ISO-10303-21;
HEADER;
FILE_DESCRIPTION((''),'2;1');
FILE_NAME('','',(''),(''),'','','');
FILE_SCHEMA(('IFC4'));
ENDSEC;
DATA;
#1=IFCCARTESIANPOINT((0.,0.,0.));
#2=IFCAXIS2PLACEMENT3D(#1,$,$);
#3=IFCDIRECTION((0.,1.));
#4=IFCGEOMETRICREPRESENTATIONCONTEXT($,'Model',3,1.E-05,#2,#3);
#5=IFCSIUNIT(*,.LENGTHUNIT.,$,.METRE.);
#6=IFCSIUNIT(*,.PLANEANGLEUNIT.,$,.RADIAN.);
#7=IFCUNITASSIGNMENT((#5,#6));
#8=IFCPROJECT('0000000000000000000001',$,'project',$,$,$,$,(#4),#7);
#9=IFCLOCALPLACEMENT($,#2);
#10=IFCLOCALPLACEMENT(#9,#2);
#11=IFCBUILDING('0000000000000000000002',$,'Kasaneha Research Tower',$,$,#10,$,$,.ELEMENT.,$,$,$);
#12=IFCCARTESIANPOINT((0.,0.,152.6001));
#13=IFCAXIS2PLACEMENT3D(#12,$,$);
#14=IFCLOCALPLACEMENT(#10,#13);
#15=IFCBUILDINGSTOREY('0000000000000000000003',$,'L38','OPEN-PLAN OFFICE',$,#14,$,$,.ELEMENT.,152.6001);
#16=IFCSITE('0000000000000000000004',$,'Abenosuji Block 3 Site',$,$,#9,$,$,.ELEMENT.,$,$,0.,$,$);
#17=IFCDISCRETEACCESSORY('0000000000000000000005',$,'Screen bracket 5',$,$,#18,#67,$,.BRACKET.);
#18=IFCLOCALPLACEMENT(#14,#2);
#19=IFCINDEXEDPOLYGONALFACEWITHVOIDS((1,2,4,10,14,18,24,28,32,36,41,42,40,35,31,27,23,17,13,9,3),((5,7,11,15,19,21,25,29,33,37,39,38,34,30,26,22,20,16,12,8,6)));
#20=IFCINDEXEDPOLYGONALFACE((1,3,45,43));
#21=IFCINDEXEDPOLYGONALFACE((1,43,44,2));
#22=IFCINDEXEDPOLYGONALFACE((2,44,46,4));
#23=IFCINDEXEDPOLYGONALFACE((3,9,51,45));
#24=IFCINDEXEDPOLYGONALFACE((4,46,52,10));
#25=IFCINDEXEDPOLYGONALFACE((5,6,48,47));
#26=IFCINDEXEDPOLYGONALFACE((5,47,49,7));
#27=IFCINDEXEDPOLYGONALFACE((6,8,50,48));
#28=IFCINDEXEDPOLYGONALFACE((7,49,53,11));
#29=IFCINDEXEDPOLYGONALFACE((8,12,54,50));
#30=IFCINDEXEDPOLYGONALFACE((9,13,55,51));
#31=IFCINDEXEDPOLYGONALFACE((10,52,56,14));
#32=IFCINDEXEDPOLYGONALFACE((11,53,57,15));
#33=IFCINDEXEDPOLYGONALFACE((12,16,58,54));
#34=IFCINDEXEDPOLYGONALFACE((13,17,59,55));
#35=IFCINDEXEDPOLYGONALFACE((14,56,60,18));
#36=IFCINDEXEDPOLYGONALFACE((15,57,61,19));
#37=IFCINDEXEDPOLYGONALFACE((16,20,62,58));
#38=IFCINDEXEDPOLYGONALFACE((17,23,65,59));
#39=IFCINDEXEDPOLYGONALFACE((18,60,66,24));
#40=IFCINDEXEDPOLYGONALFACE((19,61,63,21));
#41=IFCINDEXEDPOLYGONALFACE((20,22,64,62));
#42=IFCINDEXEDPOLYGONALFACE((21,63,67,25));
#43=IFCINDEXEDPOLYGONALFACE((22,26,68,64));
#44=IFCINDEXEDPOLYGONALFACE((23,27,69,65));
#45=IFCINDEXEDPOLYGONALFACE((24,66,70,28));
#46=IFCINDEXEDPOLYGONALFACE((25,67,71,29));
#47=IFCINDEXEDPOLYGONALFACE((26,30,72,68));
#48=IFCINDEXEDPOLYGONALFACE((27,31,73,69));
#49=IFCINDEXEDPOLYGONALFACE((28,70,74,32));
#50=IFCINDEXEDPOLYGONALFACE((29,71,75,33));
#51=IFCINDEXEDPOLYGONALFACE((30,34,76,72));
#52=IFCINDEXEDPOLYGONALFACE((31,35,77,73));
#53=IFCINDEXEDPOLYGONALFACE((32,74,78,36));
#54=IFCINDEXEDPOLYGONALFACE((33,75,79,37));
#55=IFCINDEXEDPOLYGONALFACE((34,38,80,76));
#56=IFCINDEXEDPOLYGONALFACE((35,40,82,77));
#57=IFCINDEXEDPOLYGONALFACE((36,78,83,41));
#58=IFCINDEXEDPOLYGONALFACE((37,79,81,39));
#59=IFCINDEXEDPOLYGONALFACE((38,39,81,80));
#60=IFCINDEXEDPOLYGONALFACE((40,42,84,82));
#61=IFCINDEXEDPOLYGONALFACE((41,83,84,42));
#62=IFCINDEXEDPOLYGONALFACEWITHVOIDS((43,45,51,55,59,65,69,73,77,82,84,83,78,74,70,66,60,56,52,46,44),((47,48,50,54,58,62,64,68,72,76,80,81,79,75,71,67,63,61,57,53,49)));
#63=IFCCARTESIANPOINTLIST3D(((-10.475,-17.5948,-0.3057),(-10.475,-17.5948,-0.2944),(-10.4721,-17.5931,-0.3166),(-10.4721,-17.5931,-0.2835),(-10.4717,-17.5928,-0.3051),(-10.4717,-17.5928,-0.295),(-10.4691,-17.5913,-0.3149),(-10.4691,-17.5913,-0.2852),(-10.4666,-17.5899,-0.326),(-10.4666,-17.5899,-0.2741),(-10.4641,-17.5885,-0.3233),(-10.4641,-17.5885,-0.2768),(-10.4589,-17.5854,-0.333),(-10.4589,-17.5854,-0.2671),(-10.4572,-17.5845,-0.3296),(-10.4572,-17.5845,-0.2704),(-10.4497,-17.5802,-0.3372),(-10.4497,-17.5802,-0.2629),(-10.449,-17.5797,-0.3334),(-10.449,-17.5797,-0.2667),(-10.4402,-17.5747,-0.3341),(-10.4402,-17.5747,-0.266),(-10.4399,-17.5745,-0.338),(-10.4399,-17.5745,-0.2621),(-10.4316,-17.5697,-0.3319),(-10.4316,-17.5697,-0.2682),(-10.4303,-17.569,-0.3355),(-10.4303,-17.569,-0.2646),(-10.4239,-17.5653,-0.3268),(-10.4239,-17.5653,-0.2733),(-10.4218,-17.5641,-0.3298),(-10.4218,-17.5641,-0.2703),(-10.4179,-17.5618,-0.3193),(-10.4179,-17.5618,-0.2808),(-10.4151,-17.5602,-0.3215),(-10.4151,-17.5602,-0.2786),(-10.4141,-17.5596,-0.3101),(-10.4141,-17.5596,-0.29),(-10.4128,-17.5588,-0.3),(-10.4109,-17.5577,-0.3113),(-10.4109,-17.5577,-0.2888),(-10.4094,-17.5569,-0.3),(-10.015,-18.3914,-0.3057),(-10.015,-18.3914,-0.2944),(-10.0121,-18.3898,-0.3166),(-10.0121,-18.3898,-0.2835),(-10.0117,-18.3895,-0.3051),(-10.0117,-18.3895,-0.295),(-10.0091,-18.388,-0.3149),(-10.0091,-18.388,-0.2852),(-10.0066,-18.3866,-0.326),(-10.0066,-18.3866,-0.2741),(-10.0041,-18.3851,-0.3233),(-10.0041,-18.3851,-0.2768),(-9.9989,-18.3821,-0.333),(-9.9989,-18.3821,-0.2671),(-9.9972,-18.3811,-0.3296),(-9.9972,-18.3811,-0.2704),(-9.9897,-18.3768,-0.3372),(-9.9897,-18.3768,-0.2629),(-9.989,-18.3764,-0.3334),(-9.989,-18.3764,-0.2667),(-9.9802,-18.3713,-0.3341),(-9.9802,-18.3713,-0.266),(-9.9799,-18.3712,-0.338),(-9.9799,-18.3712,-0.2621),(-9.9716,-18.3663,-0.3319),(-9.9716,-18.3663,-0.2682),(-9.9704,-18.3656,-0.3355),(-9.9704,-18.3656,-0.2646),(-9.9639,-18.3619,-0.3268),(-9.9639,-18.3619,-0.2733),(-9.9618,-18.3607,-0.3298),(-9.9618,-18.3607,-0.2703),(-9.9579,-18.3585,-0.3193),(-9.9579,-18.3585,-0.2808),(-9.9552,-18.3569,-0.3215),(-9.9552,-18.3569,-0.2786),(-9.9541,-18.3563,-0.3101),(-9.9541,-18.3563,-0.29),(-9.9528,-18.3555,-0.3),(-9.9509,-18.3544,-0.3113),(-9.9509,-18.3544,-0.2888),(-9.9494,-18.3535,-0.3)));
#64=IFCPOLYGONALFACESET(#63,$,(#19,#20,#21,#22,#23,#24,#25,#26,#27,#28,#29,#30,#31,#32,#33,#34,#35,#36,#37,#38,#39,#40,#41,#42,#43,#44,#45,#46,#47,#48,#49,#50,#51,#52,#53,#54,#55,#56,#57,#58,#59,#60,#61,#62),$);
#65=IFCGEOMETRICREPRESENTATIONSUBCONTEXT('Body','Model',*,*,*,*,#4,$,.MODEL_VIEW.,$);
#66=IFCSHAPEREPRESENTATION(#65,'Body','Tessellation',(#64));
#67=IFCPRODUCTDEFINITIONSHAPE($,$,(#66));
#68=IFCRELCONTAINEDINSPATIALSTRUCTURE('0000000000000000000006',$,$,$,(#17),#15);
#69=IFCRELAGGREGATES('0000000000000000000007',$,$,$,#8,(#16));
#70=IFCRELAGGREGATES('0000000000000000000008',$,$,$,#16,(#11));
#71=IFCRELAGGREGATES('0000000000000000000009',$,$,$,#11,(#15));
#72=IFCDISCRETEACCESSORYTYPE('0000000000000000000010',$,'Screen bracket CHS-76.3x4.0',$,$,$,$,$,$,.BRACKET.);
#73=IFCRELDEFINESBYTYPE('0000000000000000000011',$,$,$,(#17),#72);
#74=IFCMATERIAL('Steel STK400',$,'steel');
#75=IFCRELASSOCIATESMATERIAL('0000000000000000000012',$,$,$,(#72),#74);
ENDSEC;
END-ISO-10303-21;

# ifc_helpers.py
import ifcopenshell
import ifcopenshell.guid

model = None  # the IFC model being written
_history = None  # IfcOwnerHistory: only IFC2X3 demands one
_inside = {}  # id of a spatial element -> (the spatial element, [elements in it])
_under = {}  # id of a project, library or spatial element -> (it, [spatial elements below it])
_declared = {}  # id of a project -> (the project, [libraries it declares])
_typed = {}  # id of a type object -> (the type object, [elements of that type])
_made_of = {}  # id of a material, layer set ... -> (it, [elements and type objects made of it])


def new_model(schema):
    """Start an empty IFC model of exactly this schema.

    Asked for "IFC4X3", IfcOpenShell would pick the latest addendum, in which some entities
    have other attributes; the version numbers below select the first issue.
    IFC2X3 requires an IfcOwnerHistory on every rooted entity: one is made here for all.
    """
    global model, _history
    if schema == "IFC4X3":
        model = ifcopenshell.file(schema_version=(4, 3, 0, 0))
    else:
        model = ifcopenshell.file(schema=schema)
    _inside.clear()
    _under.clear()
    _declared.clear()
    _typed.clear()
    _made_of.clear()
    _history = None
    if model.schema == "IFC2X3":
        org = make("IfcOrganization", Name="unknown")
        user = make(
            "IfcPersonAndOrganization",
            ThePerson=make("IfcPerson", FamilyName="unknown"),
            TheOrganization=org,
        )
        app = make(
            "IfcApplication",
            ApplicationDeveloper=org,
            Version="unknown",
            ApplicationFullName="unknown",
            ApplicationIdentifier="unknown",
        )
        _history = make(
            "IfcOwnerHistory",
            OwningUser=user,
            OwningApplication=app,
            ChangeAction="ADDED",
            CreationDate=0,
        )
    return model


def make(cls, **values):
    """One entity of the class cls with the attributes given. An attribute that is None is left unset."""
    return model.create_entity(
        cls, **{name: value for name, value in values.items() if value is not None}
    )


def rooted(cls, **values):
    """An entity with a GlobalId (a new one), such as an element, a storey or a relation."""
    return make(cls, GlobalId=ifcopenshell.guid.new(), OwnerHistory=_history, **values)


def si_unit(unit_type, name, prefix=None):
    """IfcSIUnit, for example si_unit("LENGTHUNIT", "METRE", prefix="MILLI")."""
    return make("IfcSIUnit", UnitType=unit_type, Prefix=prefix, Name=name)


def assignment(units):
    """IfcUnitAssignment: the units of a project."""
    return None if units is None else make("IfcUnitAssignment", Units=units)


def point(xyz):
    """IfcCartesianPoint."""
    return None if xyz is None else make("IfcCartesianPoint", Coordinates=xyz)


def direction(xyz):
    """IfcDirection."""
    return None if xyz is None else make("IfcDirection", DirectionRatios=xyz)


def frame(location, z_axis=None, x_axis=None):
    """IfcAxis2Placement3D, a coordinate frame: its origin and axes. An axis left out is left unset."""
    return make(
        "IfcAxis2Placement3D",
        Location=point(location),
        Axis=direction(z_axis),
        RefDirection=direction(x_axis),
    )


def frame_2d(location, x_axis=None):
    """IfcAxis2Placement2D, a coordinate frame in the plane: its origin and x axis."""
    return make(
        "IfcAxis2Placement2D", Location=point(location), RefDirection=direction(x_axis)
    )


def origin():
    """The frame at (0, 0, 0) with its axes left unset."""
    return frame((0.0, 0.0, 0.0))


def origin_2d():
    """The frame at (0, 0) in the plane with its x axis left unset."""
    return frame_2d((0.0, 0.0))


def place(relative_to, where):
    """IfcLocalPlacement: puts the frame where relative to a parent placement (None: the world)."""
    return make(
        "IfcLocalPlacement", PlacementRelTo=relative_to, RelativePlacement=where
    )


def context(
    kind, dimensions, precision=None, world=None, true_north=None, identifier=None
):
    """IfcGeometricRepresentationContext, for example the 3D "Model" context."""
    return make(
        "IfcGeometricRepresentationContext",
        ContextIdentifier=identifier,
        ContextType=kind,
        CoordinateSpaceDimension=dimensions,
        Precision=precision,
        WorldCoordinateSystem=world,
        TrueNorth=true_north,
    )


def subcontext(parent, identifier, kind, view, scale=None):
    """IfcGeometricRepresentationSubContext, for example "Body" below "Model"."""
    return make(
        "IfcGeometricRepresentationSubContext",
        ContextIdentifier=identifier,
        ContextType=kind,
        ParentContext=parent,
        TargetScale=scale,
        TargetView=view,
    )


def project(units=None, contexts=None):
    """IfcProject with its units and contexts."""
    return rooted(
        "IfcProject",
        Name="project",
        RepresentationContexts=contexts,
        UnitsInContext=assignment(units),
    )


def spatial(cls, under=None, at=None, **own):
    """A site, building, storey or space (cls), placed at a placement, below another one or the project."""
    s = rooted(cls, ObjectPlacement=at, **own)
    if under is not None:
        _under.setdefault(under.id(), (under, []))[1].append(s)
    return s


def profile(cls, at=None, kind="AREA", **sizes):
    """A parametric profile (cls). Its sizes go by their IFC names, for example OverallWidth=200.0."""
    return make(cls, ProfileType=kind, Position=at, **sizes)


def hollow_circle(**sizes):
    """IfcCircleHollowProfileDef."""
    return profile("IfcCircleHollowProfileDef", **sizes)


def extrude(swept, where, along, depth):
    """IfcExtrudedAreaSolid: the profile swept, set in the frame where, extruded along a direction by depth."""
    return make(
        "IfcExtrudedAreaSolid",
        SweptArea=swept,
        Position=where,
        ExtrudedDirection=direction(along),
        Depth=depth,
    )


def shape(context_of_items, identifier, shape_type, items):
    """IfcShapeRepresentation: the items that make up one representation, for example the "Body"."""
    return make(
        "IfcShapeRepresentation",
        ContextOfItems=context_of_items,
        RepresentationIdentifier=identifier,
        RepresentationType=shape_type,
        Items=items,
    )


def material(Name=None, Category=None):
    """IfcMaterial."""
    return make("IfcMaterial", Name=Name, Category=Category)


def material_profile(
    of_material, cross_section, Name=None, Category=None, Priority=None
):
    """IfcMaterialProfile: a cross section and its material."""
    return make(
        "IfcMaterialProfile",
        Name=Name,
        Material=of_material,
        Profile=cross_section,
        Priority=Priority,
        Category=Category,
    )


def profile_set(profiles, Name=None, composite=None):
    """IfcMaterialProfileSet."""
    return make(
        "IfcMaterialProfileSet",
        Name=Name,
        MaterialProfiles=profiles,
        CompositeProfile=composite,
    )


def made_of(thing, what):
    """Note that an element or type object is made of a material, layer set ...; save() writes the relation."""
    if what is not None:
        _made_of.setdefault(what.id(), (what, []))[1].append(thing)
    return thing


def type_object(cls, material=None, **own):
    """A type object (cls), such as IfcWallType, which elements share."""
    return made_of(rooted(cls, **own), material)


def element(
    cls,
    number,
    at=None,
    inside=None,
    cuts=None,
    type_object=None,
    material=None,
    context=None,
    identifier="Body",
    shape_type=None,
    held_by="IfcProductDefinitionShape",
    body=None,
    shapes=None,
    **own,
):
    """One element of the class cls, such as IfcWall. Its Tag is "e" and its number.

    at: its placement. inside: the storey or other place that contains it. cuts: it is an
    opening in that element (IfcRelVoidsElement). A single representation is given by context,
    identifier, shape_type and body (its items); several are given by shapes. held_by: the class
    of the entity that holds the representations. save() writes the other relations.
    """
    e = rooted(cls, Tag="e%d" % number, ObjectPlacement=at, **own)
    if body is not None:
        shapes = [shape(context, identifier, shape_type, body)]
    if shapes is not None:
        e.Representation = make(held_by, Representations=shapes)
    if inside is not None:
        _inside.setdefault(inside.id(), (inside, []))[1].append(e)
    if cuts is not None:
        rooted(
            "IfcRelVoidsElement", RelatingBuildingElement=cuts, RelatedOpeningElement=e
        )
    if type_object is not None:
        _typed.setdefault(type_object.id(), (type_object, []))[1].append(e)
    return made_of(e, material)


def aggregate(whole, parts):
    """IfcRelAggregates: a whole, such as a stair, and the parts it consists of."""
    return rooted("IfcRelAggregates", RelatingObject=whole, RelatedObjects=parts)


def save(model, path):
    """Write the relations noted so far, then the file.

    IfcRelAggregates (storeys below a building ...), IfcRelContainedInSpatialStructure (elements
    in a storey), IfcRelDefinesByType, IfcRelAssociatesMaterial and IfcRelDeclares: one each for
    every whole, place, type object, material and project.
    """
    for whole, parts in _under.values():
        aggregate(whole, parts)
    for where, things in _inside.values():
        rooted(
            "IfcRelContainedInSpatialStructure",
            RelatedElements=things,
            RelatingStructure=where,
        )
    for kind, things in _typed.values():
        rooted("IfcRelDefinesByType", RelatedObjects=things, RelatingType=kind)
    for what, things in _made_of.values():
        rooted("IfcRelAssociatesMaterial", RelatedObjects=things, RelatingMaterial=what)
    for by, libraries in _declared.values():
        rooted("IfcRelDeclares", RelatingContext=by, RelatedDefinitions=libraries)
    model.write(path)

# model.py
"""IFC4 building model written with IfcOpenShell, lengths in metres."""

from ifc_helpers import new_model, si_unit, direction, frame, origin, origin_2d, place, context, subcontext, project, spatial, hollow_circle, extrude, material, material_profile, profile_set, type_object, element, save


model = new_model("IFC4")

# Units and contexts
model_context = context("Model", 3, precision=1e-05, world=origin(), true_north=direction((0.0, 1.0)))
body_context = subcontext(model_context, "Body", "Model", "MODEL_VIEW")
ifc_project = project(units=[si_unit("LENGTHUNIT", "METRE"), si_unit("PLANEANGLEUNIT", "RADIAN")], contexts=[model_context])

# Site, building, storey
site_placement = place(None, origin())
site = spatial("IfcSite", under=ifc_project, at=site_placement, Name="Abenosuji Block 3 Site", CompositionType="ELEMENT", RefElevation=0.0)
building_placement = place(site_placement, origin())
building = spatial("IfcBuilding", under=site, at=building_placement, Name="Kasaneha Research Tower", CompositionType="ELEMENT")
storey_placement = place(building_placement, frame((0.0, 0.0, 152.6001)))
storey = spatial("IfcBuildingStorey", under=building, at=storey_placement, Name="L38", Description="OPEN-PLAN OFFICE", CompositionType="ELEMENT", Elevation=152.6001)

# Discrete accessory
ifc_material_1 = material(Name="Steel STK400", Category="steel")
ifc_material_profile_1 = material_profile(ifc_material_1, hollow_circle(Radius=0.0381, WallThickness=0.0039, at=origin_2d()), Name="CHS-76.3x4.0")
ifc_profile_set_1 = profile_set([ifc_material_profile_1], Name="Steel STK400")
discrete_accessory_type = type_object("IfcDiscreteAccessoryType", Name="Screen bracket CHS-76.3x4.0", PredefinedType="BRACKET", material=ifc_profile_set_1)
discrete_accessory_1_placement = place(storey_placement, frame((-10.4424, -17.5759, -0.3), z_axis=(0.500021, -0.866013, 0.0), x_axis=(0.866013, 0.500021, 0.0)))
element("IfcDiscreteAccessory", 1, at=discrete_accessory_1_placement, inside=storey, type_object=discrete_accessory_type, Name="Screen bracket 5", PredefinedType="BRACKET", context=body_context, shape_type="SweptSolid", body=[
    extrude(hollow_circle(Radius=0.0381, WallThickness=0.0039, at=origin_2d()), origin(), (0.0, 0.0, 1.0), 0.9199),
])

save(model, "model.ifc")
